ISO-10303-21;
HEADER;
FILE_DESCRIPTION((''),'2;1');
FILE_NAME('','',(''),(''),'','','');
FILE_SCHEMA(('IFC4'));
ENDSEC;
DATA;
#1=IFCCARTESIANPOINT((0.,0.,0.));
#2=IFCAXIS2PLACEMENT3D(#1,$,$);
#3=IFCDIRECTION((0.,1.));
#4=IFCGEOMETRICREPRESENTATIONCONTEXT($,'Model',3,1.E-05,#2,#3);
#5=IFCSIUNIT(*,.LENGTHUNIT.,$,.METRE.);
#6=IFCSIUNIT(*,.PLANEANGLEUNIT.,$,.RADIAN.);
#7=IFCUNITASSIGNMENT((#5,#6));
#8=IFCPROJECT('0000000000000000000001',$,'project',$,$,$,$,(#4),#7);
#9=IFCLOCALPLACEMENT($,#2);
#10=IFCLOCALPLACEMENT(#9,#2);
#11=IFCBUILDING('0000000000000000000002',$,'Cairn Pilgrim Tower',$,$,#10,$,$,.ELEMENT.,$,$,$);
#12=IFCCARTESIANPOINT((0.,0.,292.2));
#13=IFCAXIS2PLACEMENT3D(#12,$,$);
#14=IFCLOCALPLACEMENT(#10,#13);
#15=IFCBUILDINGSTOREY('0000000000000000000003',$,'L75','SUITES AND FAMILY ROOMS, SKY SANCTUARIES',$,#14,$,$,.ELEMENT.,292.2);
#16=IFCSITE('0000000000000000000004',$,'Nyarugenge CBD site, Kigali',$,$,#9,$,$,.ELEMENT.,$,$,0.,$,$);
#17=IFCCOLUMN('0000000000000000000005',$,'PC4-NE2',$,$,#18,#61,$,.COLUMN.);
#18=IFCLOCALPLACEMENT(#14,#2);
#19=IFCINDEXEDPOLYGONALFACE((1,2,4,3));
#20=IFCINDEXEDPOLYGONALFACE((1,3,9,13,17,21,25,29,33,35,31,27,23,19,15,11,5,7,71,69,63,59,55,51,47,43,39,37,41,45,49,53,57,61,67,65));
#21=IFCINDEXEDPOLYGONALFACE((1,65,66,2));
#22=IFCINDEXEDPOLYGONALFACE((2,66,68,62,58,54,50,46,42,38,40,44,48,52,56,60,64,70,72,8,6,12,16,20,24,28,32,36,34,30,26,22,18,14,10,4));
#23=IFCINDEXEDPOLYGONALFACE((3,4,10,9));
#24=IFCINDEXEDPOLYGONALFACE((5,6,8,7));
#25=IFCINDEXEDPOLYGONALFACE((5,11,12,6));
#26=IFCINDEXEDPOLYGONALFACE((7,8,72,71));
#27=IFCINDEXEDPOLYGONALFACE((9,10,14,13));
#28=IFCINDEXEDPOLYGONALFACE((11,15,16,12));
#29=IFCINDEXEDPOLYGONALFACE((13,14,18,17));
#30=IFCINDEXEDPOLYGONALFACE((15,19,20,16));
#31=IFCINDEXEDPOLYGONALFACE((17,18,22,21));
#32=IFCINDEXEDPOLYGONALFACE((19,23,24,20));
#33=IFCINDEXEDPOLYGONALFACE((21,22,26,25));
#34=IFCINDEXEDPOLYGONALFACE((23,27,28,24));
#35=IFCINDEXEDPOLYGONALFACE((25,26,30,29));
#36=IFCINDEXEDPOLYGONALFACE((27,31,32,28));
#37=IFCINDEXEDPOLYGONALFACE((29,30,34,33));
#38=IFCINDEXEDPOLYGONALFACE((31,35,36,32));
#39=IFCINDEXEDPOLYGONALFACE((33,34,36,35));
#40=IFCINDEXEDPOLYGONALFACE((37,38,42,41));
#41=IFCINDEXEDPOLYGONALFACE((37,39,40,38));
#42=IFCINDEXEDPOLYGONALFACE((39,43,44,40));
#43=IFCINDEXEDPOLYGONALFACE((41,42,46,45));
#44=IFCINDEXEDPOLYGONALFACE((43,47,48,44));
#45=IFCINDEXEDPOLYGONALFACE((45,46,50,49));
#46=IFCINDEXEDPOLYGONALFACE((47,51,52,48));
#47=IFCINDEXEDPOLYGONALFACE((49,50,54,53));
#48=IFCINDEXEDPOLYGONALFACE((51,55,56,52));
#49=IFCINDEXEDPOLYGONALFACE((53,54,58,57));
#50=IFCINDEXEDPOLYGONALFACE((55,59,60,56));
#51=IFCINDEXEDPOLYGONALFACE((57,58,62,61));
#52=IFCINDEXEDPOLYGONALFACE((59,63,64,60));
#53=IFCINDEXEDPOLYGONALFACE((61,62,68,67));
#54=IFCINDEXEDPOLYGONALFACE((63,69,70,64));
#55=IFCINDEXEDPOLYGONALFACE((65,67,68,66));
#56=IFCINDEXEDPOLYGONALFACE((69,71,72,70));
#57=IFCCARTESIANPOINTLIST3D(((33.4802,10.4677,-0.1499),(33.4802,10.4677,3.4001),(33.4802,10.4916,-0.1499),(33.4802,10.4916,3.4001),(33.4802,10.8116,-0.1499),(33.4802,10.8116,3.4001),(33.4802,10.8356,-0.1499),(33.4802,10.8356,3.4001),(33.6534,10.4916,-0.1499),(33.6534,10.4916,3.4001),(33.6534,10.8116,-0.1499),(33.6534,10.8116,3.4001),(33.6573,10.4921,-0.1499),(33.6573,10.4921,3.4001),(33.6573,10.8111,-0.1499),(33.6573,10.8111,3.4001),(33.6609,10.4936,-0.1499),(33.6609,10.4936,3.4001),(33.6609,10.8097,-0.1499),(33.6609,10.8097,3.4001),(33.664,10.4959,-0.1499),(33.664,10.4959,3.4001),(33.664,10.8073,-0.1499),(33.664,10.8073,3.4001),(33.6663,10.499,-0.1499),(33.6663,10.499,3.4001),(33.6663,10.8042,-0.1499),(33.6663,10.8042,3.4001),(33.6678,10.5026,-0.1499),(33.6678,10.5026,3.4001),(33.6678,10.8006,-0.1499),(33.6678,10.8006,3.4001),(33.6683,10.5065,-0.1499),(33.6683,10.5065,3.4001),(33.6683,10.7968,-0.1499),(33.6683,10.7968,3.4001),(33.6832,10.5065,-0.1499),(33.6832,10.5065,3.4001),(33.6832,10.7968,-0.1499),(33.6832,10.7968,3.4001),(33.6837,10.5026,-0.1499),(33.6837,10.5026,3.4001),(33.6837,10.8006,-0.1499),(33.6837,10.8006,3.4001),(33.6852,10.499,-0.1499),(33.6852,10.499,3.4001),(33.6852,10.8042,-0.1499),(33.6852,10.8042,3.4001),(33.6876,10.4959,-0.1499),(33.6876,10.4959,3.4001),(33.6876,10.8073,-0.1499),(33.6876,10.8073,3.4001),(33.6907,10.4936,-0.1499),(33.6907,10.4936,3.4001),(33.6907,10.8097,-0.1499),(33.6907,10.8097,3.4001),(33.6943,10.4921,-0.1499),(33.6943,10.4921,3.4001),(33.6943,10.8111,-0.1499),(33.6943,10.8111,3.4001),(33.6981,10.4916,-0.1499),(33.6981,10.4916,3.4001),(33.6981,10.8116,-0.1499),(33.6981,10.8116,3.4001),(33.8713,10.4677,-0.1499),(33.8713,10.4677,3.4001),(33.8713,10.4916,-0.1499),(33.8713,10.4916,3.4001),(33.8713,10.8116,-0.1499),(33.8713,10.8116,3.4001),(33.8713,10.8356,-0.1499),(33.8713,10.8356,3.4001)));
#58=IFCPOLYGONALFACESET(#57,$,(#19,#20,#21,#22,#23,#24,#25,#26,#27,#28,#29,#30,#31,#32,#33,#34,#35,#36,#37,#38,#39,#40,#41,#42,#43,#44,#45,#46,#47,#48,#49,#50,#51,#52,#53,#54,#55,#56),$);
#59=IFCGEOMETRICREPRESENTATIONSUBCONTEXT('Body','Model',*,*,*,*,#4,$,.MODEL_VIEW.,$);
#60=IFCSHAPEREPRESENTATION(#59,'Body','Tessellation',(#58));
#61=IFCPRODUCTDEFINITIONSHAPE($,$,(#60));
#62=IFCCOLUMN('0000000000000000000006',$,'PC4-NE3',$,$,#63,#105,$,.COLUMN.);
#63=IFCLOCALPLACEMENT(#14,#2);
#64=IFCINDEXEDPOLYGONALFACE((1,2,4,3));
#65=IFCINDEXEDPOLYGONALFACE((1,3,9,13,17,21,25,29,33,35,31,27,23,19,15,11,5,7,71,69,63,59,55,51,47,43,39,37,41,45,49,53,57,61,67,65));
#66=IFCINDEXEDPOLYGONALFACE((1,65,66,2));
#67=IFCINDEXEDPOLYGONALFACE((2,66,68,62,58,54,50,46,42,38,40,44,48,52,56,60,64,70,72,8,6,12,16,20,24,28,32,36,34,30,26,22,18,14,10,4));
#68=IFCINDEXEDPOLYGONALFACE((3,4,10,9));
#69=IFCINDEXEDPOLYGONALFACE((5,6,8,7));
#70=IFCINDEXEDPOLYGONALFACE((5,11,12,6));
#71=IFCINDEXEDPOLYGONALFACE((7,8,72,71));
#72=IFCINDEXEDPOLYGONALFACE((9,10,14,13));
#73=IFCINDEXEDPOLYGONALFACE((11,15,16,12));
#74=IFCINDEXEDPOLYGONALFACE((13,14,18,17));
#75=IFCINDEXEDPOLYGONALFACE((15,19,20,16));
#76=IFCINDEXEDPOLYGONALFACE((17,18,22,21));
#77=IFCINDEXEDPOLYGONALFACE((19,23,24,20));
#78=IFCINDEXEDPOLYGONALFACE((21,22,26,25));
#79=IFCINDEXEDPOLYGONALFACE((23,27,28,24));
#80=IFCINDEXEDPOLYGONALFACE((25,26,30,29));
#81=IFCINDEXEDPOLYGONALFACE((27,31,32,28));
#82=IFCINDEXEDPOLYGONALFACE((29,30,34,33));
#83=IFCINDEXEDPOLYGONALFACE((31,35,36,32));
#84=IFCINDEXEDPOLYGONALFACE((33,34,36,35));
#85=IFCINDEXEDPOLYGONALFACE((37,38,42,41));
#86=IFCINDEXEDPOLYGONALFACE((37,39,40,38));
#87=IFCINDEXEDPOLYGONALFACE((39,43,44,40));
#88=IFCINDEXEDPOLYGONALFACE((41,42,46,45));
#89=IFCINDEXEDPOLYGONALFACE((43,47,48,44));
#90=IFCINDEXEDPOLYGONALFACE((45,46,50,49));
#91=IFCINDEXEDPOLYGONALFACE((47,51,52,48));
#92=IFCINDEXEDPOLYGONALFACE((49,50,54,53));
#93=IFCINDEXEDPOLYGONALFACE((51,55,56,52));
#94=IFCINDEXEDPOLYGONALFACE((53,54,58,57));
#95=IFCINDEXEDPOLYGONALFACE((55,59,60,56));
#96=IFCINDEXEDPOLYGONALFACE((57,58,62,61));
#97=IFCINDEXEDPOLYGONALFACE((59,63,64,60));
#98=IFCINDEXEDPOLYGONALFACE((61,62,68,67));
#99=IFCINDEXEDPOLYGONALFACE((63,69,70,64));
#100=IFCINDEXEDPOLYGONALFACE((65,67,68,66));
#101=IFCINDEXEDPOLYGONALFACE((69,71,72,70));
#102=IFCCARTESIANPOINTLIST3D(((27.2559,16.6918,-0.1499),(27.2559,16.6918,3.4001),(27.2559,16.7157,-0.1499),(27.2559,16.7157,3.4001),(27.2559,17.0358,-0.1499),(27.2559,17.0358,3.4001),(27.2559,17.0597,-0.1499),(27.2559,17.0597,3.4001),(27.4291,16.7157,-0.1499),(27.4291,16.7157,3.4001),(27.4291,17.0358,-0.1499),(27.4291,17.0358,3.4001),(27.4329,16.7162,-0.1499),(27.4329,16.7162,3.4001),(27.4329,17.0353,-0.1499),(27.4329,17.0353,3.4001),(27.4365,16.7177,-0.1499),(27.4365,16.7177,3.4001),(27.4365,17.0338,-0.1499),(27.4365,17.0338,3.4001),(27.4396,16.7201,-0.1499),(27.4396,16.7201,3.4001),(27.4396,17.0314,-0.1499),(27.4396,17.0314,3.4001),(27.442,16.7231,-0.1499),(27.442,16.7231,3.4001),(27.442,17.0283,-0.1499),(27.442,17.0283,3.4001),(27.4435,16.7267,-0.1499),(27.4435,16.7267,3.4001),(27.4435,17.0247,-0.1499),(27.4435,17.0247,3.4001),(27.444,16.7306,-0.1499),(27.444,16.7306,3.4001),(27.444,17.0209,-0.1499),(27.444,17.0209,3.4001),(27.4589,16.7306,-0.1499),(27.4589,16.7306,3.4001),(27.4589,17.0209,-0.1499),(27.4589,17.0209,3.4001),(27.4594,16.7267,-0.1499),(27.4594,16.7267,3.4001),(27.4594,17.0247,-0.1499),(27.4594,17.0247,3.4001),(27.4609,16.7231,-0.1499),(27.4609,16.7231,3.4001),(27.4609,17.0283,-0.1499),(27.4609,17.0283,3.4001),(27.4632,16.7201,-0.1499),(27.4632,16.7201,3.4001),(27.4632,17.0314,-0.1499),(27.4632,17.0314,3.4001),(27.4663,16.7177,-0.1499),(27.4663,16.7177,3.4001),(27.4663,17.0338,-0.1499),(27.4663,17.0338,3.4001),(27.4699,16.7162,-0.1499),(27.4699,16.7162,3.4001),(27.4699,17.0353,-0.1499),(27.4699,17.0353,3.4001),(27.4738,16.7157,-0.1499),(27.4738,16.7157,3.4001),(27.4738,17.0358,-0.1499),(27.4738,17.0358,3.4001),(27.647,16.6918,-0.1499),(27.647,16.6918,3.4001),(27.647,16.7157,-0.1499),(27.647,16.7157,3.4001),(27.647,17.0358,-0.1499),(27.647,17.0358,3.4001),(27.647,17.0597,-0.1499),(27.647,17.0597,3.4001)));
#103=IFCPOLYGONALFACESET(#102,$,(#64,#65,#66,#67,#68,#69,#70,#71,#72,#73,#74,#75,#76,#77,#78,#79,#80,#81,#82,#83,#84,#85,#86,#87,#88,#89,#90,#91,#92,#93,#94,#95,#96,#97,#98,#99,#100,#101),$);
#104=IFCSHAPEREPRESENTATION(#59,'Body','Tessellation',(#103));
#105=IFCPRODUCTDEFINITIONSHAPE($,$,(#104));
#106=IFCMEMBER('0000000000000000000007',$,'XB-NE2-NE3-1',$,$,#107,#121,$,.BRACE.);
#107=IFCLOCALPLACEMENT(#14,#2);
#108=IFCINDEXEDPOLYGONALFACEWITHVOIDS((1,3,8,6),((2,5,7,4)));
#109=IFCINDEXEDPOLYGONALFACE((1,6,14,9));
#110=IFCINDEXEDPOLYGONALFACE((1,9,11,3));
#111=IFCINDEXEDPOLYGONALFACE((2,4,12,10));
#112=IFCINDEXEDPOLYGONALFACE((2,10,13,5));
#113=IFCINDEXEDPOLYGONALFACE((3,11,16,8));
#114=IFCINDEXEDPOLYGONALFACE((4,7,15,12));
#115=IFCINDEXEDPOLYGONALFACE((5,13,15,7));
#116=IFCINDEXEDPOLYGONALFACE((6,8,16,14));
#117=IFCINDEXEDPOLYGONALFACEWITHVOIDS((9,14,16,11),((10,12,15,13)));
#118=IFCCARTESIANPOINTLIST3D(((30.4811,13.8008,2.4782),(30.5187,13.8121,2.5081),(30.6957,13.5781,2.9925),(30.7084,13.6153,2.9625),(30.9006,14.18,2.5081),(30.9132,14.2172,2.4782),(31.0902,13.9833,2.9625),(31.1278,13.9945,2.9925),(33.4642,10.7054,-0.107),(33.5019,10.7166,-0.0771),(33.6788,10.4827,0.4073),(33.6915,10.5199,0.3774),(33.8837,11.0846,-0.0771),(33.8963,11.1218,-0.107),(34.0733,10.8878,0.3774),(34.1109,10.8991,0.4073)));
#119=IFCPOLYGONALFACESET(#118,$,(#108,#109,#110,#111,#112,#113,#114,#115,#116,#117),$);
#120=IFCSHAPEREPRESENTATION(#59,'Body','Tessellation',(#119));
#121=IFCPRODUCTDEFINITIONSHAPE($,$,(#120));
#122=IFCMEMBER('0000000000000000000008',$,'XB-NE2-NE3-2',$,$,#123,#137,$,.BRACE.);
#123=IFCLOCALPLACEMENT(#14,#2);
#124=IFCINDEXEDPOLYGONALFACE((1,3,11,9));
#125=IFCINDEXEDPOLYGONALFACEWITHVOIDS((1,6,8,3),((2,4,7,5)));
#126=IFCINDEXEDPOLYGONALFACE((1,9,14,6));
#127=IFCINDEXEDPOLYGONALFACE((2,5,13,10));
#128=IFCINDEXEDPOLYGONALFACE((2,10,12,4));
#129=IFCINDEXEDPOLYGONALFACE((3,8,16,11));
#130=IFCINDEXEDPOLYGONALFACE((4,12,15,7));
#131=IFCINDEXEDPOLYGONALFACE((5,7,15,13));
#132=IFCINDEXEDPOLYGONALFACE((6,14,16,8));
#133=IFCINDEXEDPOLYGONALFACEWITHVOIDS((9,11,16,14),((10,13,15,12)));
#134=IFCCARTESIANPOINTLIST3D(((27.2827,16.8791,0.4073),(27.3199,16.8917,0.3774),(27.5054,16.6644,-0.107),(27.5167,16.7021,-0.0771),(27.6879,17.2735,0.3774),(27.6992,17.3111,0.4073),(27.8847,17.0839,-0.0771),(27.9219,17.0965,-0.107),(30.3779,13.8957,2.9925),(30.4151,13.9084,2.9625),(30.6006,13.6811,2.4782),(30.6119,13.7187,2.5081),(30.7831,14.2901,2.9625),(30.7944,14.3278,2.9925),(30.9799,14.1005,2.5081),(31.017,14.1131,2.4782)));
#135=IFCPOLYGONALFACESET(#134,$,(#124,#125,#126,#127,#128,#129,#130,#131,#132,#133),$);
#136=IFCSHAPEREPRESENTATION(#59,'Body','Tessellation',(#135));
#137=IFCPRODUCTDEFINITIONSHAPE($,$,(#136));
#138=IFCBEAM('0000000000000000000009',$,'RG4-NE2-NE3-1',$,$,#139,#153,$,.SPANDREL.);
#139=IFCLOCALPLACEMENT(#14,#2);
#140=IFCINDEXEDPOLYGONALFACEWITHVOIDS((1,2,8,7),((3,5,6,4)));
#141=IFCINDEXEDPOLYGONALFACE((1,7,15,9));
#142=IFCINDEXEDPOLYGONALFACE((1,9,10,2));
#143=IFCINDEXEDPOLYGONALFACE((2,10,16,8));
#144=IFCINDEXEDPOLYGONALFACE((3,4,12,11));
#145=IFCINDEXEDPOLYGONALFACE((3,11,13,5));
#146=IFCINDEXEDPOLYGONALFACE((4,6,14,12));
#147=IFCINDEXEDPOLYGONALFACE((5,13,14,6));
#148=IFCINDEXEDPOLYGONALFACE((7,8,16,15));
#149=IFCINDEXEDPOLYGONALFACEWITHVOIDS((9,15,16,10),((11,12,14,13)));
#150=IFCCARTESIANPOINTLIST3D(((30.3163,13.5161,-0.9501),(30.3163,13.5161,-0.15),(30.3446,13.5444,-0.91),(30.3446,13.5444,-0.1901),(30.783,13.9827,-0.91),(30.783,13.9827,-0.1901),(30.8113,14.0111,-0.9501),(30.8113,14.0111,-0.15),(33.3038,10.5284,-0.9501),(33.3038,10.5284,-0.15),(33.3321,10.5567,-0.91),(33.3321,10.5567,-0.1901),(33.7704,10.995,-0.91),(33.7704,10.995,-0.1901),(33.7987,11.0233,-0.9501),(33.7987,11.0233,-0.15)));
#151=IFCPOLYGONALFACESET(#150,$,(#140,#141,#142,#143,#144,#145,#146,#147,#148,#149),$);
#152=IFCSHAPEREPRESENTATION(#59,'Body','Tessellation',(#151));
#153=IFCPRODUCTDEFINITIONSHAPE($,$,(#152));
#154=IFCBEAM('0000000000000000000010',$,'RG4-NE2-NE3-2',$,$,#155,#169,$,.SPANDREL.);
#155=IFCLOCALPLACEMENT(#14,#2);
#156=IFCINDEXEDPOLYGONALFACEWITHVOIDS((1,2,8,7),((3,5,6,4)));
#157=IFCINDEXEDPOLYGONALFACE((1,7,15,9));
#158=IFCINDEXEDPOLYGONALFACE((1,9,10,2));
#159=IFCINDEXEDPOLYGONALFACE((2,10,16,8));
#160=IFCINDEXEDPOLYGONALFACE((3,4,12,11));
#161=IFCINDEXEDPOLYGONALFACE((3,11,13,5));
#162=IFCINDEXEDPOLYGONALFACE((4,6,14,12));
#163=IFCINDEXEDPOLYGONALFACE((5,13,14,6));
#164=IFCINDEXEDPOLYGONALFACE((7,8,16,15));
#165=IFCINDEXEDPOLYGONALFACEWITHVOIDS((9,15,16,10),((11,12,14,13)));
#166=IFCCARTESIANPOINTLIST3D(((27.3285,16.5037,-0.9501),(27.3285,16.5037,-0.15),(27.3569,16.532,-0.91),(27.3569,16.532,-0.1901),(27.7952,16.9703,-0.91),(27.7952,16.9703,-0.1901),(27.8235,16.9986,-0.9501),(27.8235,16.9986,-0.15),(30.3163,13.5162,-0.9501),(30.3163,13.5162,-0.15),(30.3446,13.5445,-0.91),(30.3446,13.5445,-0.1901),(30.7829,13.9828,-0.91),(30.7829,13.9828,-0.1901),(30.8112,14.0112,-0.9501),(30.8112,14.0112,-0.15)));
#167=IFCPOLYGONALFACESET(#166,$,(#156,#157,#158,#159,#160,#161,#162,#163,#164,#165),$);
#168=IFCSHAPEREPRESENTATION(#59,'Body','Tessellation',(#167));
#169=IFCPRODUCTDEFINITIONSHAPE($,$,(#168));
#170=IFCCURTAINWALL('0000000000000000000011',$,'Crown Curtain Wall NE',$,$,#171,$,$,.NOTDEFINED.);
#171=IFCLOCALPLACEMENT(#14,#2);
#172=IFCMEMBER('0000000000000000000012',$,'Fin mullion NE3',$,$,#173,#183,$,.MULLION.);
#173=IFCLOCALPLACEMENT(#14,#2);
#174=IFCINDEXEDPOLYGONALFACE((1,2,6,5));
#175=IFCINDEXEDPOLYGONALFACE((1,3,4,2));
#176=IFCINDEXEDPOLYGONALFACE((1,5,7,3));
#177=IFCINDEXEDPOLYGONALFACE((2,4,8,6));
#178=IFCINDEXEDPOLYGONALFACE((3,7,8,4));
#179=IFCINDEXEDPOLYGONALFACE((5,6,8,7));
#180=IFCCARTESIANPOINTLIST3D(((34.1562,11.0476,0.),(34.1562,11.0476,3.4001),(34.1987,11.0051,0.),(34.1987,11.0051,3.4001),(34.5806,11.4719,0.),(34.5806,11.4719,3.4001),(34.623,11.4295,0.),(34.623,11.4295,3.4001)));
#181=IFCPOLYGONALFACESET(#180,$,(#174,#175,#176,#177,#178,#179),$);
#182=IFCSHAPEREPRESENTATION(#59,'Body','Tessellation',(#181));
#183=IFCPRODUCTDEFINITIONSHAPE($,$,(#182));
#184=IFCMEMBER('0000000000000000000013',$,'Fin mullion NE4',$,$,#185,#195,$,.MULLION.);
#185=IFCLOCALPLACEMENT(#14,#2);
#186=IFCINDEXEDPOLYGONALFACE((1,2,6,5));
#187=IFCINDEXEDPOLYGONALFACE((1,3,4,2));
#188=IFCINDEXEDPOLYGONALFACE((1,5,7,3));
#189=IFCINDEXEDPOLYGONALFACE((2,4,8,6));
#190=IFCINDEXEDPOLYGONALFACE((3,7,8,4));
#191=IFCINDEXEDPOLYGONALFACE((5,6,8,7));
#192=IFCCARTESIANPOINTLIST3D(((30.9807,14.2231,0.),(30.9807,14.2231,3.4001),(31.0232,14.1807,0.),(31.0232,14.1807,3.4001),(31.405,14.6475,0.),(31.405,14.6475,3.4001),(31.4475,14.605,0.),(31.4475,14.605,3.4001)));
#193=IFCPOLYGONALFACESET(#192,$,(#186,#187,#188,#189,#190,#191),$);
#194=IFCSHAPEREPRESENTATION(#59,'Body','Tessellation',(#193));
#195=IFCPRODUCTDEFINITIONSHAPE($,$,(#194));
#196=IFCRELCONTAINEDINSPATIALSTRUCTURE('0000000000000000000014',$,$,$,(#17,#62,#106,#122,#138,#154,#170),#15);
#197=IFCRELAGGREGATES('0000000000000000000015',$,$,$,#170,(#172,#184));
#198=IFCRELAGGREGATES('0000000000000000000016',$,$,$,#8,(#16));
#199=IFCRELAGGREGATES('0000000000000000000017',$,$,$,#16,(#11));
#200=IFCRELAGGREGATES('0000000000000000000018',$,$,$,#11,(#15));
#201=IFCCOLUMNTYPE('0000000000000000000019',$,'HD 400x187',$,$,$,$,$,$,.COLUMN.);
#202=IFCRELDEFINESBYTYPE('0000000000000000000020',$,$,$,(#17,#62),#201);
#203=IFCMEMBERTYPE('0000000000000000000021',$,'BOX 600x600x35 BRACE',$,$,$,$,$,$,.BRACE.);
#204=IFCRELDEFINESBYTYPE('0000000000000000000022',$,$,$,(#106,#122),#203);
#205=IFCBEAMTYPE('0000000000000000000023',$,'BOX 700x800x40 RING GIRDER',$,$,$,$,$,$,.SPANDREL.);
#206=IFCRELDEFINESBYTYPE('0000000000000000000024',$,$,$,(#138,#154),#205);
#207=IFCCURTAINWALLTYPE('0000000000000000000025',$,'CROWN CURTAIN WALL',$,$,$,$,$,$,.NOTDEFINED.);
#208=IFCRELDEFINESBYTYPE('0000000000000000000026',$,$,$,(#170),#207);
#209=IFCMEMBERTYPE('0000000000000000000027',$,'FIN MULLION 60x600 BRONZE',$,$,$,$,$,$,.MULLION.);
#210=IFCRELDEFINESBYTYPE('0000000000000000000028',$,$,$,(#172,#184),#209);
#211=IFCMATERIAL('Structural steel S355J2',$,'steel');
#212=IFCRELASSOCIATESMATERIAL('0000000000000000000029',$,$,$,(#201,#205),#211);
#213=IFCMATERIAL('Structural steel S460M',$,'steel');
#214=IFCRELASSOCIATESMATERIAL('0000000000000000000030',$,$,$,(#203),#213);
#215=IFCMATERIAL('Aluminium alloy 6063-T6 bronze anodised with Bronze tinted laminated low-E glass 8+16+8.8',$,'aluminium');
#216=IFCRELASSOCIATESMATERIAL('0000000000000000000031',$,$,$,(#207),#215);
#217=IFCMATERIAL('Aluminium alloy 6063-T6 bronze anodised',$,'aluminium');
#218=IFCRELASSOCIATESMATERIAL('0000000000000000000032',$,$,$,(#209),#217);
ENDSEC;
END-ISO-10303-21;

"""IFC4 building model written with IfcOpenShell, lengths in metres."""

from ifc_helpers import new_model, si_unit, direction, frame, origin, origin_2d, place, context, subcontext, project, spatial, rectangle, hollow_rectangle, i_section, extrude, material, material_profile, profile_set, type_object, element, aggregate, save


model = new_model("IFC4")

# Units and contexts
model_context = context("Model", 3, precision=1e-05, world=origin(), true_north=direction((0.0, 1.0)))
body_context = subcontext(model_context, "Body", "Model", "MODEL_VIEW")
ifc_project = project(units=[si_unit("LENGTHUNIT", "METRE"), si_unit("PLANEANGLEUNIT", "RADIAN")], contexts=[model_context])

# Site, building, storey
site_placement = place(None, origin())
site = spatial("IfcSite", under=ifc_project, at=site_placement, Name="Nyarugenge CBD site, Kigali", CompositionType="ELEMENT", RefElevation=0.0)
building_placement = place(site_placement, origin())
building = spatial("IfcBuilding", under=site, at=building_placement, Name="Cairn Pilgrim Tower", CompositionType="ELEMENT")
storey_placement = place(building_placement, frame((0.0, 0.0, 292.2)))
storey = spatial("IfcBuildingStorey", under=building, at=storey_placement, Name="L75", Description="SUITES AND FAMILY ROOMS, SKY SANCTUARIES", CompositionType="ELEMENT", Elevation=292.2)

# Columns
ifc_material_1 = material(Name="Structural steel S355J2", Category="steel")
ifc_material_profile_1 = material_profile(ifc_material_1, i_section(OverallWidth=0.3911, OverallDepth=0.3679, WebThickness=0.0149, FlangeThickness=0.0239, FilletRadius=0.0149, at=origin_2d()), Name="HD 400x187")
ifc_profile_set_1 = profile_set([ifc_material_profile_1], Name="Structural steel S355J2")
column_type = type_object("IfcColumnType", Name="HD 400x187", PredefinedType="COLUMN", material=ifc_profile_set_1)
for number, where, z_axis, x_axis, name in (
    (1, (33.6758, 10.6516, -0.1499), (0.0, 0.0, 1.0), (1.0, 0.0, 0.0), "PC4-NE2"),
    (2, (27.4514, 16.8757, -0.1499), (0.0, 0.0, 1.0), (1.0, 0.0, 0.0), "PC4-NE3"),
):
    element("IfcColumn", number, at=place(storey_placement, frame(where, z_axis=z_axis, x_axis=x_axis)), inside=storey, type_object=column_type, Name=name, PredefinedType="COLUMN", context=body_context, shape_type="SweptSolid", body=[
        extrude(i_section(OverallWidth=0.3911, OverallDepth=0.3679, WebThickness=0.0149, FlangeThickness=0.0239, FilletRadius=0.0149, at=origin_2d()), origin(), (0.0, 0.0, 1.0), 3.55),
    ])

# Members
ifc_material_2 = material(Name="Structural steel S460M", Category="steel")
ifc_material_profile_2 = material_profile(ifc_material_2, hollow_rectangle(XDim=0.6001, YDim=0.6001, WallThickness=0.0349, at=origin_2d()), Name="BOX 600x600x35")
ifc_profile_set_2 = profile_set([ifc_material_profile_2], Name="Structural steel S460M")
member_type_1 = type_object("IfcMemberType", Name="BOX 600x600x35 BRACE", PredefinedType="BRACE", material=ifc_profile_set_2)
for number, where, z_axis, x_axis, name in (
    (3, (33.7876, 10.8022, 0.1501), (-0.594679, 0.617067, 0.51535), (-0.720048, -0.693924, 0.0), "XB-NE2-NE3-1"),
    (4, (27.6023, 16.9878, 0.1501), (0.617019, -0.594729, 0.51535), (0.693982, 0.719992, 0.0), "XB-NE2-NE3-2"),
):
    element("IfcMember", number, at=place(storey_placement, frame(where, z_axis=z_axis, x_axis=x_axis)), inside=storey, type_object=member_type_1, Name=name, PredefinedType="BRACE", context=body_context, shape_type="SweptSolid", body=[
        extrude(hollow_rectangle(XDim=0.6001, YDim=0.6001, WallThickness=0.0349, at=origin_2d()), origin(), (0.0, 0.0, 1.0), 5.0164),
    ])

# Beams
ifc_material_profile_3 = material_profile(ifc_material_1, hollow_rectangle(XDim=0.7, YDim=0.8, WallThickness=0.04, at=origin_2d()), Name="BOX 700x800x40")
ifc_profile_set_3 = profile_set([ifc_material_profile_3], Name="Structural steel S355J2")
beam_type_1 = type_object("IfcBeamType", Name="BOX 700x800x40 RING GIRDER", PredefinedType="SPANDREL", material=ifc_profile_set_3)
for number, where, z_axis, x_axis, name in (
    (5, (33.5513, 10.7759, -0.55), (-0.707078, 0.707136, 0.0), (-0.707136, -0.707078, 0.0), "RG4-NE2-NE3-1"),
    (6, (30.5637, 13.7637, -0.55), (-0.707136, 0.707078, 0.0), (-0.707078, -0.707136, 0.0), "RG4-NE2-NE3-2"),
):
    element("IfcBeam", number, at=place(storey_placement, frame(where, z_axis=z_axis, x_axis=x_axis)), inside=storey, type_object=beam_type_1, Name=name, PredefinedType="SPANDREL", context=body_context, shape_type="SweptSolid", body=[
        extrude(hollow_rectangle(XDim=0.7, YDim=0.8, WallThickness=0.04, at=origin_2d()), origin(), (0.0, 0.0, 1.0), 4.2251),
    ])

# Curtain wall, members
ifc_material_3 = material(Name="Aluminium alloy 6063-T6 bronze anodised with Bronze tinted laminated low-E glass 8+16+8.8", Category="aluminium")
curtain_wall_type = type_object("IfcCurtainWallType", Name="CROWN CURTAIN WALL", PredefinedType="NOTDEFINED", material=ifc_material_3)
curtain_wall_placement = place(storey_placement, origin())
curtain_wall = element("IfcCurtainWall", 7, at=curtain_wall_placement, inside=storey, type_object=curtain_wall_type, Name="Crown Curtain Wall NE", PredefinedType="NOTDEFINED")
ifc_material_4 = material(Name="Aluminium alloy 6063-T6 bronze anodised", Category="aluminium")
ifc_material_profile_4 = material_profile(ifc_material_4, rectangle(XDim=0.6001, YDim=0.0601, at=origin_2d()), Name="FIN MULLION 60x600 BRONZE")
ifc_profile_set_4 = profile_set([ifc_material_profile_4], Name="Aluminium alloy 6063-T6 bronze anodised")
member_type_2 = type_object("IfcMemberType", Name="FIN MULLION 60x600 BRONZE", PredefinedType="MULLION", material=ifc_profile_set_4)
member_1_placement = place(storey_placement, frame((34.3896, 11.2385, 0.0), z_axis=(0.0, 0.0, 1.0), x_axis=(0.707107, 0.707107, 0.0)))
member_1 = element("IfcMember", 8, at=member_1_placement, type_object=member_type_2, Name="Fin mullion NE3", PredefinedType="MULLION", context=body_context, shape_type="SweptSolid", body=[
    extrude(rectangle(XDim=0.6001, YDim=0.0601, at=origin_2d()), origin(), (0.0, 0.0, 1.0), 3.4001),
])
member_2_placement = place(storey_placement, frame((31.2141, 14.4141, 0.0), z_axis=(0.0, 0.0, 1.0), x_axis=(0.707107, 0.707107, 0.0)))
member_2 = element("IfcMember", 9, at=member_2_placement, type_object=member_type_2, Name="Fin mullion NE4", PredefinedType="MULLION", context=body_context, shape_type="SweptSolid", body=[
    extrude(rectangle(XDim=0.6001, YDim=0.0601, at=origin_2d()), origin(), (0.0, 0.0, 1.0), 3.4001),
])

aggregate(curtain_wall, [member_1, member_2])

save(model, "model.ifc")
